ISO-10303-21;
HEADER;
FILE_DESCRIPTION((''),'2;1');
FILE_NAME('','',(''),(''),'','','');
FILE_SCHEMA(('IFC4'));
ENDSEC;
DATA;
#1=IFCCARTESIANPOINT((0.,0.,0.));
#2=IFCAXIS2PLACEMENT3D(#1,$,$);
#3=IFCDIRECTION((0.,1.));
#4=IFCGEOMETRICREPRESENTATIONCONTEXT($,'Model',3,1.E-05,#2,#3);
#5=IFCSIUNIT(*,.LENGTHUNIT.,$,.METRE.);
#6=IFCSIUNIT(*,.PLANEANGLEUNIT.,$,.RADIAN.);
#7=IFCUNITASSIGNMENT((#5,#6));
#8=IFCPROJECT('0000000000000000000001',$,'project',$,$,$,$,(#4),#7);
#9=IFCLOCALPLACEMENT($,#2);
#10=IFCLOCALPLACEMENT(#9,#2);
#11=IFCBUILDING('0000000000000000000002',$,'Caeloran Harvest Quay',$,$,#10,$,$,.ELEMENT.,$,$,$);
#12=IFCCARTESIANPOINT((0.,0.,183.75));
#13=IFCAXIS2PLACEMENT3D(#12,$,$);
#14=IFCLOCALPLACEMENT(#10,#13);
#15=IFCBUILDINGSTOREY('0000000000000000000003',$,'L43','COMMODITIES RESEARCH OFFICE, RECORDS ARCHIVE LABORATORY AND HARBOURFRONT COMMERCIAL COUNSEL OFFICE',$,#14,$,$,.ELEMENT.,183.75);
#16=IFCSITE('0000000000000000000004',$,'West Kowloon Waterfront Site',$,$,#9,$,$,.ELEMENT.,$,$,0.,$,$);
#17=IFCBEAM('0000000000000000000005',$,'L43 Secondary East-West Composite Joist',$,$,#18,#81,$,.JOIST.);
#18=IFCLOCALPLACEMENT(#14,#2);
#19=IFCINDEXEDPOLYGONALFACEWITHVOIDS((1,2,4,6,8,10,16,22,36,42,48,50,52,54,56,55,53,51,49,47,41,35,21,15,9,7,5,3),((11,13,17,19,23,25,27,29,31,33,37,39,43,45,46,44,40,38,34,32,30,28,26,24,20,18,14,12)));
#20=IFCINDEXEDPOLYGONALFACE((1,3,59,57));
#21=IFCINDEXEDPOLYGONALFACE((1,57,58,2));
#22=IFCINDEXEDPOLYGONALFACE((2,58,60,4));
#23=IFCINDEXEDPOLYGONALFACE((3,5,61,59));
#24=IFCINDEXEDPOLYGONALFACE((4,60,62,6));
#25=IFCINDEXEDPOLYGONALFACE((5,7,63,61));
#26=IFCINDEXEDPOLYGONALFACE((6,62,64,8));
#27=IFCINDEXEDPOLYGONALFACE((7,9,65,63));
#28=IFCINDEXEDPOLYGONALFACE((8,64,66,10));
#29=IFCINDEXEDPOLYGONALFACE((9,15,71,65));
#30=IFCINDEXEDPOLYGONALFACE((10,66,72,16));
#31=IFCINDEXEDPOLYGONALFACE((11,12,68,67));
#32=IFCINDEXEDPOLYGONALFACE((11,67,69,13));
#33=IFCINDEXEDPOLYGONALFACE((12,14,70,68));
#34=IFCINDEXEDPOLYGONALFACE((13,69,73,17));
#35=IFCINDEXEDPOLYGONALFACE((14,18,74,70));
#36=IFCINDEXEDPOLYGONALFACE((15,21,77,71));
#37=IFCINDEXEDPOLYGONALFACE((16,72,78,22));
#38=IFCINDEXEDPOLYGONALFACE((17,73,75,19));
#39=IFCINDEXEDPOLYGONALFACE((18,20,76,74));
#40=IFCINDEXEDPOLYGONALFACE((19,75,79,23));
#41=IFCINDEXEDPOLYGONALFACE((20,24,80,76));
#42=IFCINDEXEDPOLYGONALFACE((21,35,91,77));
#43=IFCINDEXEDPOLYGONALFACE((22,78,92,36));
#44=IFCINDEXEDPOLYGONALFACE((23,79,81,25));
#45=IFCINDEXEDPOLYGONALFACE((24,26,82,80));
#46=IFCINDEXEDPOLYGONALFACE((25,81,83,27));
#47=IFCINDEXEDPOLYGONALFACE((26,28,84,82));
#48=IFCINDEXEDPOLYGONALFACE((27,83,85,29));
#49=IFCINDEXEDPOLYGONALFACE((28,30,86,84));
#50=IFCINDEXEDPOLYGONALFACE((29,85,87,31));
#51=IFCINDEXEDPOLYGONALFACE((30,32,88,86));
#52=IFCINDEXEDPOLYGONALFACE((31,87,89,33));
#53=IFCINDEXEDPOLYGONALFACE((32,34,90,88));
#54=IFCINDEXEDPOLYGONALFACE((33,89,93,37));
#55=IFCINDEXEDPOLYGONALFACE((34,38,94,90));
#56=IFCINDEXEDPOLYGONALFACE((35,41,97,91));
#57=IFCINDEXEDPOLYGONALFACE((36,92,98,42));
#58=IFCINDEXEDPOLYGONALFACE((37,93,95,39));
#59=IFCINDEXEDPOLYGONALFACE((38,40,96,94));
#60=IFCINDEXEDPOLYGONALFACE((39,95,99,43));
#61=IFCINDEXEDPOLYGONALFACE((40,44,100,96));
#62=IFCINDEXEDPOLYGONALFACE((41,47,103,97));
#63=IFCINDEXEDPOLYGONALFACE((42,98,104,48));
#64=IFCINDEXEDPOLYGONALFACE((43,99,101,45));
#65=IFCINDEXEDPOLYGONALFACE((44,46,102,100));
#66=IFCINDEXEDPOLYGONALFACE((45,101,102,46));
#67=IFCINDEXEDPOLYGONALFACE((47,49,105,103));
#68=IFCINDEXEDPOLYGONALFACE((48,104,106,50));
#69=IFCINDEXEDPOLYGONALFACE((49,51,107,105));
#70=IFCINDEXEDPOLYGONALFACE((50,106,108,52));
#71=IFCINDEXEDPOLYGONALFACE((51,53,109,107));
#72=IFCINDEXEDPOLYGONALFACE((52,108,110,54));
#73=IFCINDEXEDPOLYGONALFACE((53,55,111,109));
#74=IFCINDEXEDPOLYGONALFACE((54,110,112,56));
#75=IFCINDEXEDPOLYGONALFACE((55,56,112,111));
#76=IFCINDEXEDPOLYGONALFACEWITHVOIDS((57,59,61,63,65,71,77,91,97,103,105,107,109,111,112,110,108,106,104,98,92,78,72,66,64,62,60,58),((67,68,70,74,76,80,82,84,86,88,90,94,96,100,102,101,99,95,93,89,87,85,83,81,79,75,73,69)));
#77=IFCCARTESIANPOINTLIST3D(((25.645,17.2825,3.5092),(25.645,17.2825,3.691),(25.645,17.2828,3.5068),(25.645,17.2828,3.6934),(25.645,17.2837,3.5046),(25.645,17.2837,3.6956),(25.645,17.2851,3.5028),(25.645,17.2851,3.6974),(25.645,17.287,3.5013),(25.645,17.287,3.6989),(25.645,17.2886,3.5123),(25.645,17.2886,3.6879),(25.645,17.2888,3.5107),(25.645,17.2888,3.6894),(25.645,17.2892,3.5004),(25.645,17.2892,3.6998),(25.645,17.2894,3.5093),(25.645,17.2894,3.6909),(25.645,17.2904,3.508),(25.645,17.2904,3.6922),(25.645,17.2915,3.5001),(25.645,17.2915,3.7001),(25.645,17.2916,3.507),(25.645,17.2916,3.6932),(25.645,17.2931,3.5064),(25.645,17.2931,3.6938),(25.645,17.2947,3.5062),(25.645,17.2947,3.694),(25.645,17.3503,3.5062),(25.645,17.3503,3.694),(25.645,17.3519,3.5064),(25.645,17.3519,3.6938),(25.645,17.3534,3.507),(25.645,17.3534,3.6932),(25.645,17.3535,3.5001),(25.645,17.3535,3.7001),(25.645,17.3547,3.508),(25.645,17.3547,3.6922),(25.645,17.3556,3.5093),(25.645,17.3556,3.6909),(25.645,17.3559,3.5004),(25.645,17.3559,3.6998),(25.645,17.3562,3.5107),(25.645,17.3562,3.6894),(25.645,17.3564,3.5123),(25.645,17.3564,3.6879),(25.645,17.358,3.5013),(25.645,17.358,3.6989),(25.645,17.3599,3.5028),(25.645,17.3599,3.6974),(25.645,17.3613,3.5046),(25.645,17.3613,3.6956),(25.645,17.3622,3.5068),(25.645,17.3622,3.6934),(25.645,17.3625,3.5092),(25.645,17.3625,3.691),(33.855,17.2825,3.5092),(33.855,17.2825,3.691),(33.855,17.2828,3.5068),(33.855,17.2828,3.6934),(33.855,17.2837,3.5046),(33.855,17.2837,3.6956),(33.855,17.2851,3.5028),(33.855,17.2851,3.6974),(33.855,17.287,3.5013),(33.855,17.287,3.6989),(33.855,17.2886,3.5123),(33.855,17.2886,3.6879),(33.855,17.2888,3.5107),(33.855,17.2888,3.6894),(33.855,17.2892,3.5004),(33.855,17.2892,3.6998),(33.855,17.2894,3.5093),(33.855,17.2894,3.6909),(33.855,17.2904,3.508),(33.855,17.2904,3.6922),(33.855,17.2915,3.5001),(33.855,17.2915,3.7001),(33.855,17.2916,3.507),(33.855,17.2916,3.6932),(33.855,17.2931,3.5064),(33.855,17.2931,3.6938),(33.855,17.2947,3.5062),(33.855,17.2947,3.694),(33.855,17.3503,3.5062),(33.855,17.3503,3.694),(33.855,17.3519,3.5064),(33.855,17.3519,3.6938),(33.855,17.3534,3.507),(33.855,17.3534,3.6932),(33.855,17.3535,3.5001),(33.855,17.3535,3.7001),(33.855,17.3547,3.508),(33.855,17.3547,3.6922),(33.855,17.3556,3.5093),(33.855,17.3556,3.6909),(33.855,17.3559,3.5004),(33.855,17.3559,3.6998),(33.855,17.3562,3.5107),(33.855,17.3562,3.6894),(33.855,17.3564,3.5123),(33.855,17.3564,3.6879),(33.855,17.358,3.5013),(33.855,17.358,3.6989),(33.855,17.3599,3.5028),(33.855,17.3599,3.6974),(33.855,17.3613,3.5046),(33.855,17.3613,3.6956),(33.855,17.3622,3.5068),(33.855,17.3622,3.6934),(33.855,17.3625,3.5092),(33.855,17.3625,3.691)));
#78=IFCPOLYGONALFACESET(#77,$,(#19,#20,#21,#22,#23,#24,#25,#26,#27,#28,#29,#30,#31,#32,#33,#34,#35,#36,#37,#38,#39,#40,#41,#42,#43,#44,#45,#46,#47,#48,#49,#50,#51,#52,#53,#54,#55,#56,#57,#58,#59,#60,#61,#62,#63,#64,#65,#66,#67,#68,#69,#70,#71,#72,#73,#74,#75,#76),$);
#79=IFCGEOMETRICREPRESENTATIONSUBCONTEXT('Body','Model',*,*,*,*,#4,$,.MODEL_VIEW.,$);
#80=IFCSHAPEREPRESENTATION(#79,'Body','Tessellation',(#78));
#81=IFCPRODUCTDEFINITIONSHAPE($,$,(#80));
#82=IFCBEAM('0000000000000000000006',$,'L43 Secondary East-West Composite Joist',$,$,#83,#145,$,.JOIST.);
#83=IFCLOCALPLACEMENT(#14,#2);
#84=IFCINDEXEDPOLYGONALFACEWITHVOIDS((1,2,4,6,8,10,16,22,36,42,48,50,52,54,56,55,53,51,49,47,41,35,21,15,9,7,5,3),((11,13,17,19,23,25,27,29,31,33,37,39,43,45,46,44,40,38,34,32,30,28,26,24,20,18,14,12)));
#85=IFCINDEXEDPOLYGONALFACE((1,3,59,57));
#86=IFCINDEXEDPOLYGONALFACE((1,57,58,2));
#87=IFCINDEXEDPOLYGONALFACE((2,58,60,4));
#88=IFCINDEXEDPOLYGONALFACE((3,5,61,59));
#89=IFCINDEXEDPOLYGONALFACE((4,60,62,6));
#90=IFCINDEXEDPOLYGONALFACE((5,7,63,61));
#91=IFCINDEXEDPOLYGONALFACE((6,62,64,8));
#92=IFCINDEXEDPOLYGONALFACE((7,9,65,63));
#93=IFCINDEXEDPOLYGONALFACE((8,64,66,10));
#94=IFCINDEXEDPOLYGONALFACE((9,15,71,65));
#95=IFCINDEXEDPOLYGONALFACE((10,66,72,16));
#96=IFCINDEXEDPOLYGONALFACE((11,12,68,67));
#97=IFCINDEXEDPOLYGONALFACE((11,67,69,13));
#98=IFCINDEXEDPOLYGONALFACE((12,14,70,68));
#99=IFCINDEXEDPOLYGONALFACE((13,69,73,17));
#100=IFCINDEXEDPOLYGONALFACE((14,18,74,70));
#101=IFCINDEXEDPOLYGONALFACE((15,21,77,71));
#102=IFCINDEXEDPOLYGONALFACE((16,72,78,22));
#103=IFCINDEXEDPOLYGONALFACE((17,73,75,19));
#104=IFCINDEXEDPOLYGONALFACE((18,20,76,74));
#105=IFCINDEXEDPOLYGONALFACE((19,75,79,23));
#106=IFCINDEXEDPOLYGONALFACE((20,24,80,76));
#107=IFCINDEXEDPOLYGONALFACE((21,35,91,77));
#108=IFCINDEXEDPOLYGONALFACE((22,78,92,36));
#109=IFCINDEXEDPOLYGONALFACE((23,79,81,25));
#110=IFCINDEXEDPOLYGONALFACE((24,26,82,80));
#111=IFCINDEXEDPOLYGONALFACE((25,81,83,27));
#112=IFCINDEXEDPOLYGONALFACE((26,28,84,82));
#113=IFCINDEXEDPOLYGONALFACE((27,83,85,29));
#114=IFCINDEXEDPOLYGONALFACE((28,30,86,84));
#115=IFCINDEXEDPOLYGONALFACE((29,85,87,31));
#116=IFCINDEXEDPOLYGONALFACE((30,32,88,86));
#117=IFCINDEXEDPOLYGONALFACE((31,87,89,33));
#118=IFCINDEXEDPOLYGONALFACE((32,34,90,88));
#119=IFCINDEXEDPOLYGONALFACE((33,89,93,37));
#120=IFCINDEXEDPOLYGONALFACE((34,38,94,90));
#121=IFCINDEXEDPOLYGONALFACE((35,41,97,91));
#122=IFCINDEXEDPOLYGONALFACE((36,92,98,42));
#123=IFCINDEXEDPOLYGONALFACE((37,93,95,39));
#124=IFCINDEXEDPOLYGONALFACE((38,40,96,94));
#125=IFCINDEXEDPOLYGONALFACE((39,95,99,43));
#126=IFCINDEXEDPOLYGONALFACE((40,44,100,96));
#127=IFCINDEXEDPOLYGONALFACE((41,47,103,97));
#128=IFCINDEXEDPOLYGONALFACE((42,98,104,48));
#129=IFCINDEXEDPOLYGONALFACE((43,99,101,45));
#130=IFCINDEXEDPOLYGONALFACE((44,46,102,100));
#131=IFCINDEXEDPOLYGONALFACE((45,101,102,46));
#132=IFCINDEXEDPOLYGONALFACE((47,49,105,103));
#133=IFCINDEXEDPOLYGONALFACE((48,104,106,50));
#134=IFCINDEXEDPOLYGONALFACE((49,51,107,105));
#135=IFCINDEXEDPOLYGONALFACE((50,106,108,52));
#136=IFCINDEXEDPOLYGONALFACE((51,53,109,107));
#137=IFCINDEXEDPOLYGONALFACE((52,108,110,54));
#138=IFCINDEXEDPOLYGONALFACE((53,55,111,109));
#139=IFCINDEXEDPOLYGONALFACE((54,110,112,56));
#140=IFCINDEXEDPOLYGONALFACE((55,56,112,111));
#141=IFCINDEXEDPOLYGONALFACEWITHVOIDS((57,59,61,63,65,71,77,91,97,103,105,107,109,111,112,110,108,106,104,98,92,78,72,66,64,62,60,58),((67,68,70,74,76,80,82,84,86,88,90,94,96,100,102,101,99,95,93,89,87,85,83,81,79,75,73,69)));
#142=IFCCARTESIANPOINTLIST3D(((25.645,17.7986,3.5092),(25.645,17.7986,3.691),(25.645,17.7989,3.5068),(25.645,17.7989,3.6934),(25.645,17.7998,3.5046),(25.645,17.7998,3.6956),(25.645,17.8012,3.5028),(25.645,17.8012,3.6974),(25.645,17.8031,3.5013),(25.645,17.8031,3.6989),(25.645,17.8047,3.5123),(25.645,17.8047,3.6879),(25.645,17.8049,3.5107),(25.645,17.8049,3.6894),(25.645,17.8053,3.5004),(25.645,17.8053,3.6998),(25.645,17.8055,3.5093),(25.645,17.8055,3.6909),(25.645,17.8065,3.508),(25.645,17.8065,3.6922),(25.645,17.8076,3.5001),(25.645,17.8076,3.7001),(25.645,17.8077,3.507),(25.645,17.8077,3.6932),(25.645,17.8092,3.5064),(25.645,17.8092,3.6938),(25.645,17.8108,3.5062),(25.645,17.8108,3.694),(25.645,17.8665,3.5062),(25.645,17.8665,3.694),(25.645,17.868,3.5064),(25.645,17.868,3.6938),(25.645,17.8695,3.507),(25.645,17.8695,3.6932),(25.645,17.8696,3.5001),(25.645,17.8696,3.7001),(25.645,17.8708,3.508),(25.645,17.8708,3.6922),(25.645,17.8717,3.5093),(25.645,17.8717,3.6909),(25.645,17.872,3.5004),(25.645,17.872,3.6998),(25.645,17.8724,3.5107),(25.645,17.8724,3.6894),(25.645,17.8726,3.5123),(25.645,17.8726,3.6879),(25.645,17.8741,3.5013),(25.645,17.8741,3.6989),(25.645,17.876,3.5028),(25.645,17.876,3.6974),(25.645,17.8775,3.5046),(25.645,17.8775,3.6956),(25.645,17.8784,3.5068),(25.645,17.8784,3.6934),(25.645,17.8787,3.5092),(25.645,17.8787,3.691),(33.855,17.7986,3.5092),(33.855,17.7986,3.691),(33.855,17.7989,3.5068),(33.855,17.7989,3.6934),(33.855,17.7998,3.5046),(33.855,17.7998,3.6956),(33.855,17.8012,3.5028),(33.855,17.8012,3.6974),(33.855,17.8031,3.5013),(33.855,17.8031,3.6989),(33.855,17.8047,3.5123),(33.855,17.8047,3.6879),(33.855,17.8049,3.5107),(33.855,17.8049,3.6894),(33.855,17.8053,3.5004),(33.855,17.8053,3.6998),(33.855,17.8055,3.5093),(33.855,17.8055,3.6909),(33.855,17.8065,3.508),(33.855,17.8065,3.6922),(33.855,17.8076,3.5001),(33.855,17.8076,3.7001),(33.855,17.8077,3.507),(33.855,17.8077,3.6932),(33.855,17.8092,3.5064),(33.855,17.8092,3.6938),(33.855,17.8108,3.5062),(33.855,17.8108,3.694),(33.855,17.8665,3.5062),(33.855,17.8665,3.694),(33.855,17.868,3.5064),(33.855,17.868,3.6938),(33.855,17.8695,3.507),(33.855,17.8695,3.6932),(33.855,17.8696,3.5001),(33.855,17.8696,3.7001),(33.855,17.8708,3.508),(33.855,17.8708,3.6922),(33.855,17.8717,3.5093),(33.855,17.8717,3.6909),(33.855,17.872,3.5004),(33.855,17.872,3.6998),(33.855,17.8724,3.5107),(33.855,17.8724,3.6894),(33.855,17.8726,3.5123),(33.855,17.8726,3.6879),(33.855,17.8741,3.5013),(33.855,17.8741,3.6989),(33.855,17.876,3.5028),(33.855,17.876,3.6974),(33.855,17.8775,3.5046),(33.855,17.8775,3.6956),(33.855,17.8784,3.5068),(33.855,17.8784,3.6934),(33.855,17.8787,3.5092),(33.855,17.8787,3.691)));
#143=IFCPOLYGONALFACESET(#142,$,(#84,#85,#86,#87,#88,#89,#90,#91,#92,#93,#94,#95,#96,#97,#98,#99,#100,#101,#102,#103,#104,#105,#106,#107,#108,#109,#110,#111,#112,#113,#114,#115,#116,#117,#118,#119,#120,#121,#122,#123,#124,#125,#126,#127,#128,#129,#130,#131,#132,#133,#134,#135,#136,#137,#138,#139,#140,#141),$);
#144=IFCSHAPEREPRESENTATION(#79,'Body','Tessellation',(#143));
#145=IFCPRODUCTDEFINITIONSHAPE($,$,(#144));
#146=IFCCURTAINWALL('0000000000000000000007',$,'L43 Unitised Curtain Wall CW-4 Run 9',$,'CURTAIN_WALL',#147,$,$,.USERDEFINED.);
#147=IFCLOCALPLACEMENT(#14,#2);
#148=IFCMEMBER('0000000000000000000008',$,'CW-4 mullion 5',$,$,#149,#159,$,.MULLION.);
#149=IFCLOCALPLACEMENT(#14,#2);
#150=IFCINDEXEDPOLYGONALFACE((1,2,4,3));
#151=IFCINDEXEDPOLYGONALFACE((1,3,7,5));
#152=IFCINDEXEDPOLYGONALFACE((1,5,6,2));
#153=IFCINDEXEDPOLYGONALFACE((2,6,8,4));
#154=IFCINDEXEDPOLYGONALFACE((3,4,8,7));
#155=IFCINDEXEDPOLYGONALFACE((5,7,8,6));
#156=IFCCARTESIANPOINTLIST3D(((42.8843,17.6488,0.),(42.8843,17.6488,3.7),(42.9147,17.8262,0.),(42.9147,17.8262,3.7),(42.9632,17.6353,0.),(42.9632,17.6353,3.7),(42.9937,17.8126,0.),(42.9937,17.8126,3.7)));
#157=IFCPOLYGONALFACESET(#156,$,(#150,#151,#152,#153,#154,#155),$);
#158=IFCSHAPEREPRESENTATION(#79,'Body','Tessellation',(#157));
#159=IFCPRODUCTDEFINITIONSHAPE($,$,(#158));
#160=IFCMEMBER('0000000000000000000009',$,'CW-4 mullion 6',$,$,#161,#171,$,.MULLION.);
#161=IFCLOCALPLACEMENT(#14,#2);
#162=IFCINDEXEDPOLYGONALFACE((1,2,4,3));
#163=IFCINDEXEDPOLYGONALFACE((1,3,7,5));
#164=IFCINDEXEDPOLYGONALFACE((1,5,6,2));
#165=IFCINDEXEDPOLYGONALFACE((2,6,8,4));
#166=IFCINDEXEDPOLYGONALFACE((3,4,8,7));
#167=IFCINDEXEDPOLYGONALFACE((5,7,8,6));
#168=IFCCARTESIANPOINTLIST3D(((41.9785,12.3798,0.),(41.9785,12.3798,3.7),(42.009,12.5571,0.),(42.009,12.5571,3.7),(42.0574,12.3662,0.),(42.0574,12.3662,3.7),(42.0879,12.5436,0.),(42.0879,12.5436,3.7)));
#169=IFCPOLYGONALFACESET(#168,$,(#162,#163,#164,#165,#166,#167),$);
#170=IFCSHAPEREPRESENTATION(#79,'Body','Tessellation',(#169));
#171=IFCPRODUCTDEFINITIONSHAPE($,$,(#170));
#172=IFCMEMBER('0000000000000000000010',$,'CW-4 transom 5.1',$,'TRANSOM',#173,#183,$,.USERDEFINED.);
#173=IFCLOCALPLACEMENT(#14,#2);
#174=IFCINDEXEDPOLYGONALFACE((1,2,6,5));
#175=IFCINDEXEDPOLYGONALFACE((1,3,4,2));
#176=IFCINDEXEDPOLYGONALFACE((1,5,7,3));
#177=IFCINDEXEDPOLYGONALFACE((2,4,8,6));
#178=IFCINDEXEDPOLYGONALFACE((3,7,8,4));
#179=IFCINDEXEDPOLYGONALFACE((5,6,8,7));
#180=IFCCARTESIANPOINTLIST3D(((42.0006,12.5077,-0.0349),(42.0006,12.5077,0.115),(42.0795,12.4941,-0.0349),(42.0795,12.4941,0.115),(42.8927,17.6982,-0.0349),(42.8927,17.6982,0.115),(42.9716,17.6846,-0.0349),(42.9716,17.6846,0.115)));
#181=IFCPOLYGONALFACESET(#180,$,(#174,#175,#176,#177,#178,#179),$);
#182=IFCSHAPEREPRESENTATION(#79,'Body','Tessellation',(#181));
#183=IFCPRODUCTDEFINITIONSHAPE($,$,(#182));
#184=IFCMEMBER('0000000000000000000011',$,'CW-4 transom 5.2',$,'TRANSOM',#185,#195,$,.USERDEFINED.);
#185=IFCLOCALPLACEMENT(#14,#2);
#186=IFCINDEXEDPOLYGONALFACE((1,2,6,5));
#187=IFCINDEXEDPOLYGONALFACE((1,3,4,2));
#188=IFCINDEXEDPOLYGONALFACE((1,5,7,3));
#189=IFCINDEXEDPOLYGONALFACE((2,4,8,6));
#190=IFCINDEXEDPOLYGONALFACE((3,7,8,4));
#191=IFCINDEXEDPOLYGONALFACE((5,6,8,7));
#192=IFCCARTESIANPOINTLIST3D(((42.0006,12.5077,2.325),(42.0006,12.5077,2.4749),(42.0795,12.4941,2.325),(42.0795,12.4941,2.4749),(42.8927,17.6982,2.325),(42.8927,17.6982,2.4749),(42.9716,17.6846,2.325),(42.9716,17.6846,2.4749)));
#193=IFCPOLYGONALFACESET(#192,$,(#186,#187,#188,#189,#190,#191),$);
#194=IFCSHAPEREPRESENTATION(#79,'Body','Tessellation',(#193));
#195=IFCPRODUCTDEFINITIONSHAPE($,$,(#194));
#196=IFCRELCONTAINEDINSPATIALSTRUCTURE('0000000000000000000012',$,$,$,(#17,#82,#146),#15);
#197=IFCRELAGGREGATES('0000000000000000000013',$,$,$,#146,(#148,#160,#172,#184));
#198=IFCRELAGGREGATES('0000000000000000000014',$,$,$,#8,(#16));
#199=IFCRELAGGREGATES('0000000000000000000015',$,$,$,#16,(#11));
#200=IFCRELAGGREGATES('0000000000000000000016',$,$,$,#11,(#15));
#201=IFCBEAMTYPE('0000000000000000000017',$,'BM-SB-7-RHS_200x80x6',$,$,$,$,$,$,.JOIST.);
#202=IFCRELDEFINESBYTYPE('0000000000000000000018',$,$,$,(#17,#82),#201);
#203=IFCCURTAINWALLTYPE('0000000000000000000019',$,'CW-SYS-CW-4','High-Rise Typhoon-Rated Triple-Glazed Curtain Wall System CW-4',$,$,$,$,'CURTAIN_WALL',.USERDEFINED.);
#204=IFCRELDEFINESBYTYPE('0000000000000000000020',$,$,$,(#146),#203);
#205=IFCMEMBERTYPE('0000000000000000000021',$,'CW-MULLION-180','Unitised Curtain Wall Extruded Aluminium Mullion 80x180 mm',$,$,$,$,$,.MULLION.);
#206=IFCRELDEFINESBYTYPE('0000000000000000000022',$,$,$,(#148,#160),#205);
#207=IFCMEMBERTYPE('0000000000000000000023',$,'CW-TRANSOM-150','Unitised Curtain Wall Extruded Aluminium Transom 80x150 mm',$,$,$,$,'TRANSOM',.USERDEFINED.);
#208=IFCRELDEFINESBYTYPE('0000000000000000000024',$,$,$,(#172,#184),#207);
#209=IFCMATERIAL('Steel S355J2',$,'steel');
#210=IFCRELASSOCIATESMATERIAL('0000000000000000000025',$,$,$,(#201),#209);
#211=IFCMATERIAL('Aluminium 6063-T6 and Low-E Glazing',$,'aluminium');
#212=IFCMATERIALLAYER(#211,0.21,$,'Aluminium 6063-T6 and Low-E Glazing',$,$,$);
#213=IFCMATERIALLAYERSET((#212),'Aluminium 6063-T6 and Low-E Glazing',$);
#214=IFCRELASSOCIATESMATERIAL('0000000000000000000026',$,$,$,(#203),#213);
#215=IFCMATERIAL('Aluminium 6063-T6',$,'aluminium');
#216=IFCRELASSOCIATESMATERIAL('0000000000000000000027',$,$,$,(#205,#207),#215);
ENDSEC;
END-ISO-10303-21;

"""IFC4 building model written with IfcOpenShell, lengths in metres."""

from ifc_helpers import new_model, si_unit, direction, frame, origin, origin_2d, place, context, subcontext, project, spatial, rectangle, hollow_rectangle, extrude, material, layer, layer_set, material_profile, profile_set, type_object, element, aggregate, save


model = new_model("IFC4")

# Units and contexts
model_context = context("Model", 3, precision=1e-05, world=origin(), true_north=direction((0.0, 1.0)))
body_context = subcontext(model_context, "Body", "Model", "MODEL_VIEW")
ifc_project = project(units=[si_unit("LENGTHUNIT", "METRE"), si_unit("PLANEANGLEUNIT", "RADIAN")], contexts=[model_context])

# Site, building, storey
site_placement = place(None, origin())
site = spatial("IfcSite", under=ifc_project, at=site_placement, Name="West Kowloon Waterfront Site", CompositionType="ELEMENT", RefElevation=0.0)
building_placement = place(site_placement, origin())
building = spatial("IfcBuilding", under=site, at=building_placement, Name="Caeloran Harvest Quay", CompositionType="ELEMENT")
storey_placement = place(building_placement, frame((0.0, 0.0, 183.75)))
storey = spatial("IfcBuildingStorey", under=building, at=storey_placement, Name="L43", Description="COMMODITIES RESEARCH OFFICE, RECORDS ARCHIVE LABORATORY AND HARBOURFRONT COMMERCIAL COUNSEL OFFICE", CompositionType="ELEMENT", Elevation=183.75)

# Beams
ifc_material_1 = material(Name="Steel S355J2", Category="steel")
ifc_material_profile_1 = material_profile(ifc_material_1, hollow_rectangle(XDim=0.0801, YDim=0.2, WallThickness=0.0061, InnerFilletRadius=0.0061, OuterFilletRadius=0.009, at=origin_2d()), Name="RHS 200x80x6")
ifc_profile_set_1 = profile_set([ifc_material_profile_1], Name="Steel S355J2")
beam_type_1 = type_object("IfcBeamType", Name="BM-SB-7-RHS_200x80x6", PredefinedType="JOIST", material=ifc_profile_set_1)
for number, where, z_axis, x_axis, name in (
    (1, (25.645, 17.3225, 3.6001), (1.0, 0.0, 0.0), (0.0, 1.0, 0.0), "L43 Secondary East-West Composite Joist"),
    (2, (25.645, 17.8386, 3.6001), (1.0, 0.0, 0.0), (0.0, 1.0, 0.0), "L43 Secondary East-West Composite Joist"),
):
    element("IfcBeam", number, at=place(storey_placement, frame(where, z_axis=z_axis, x_axis=x_axis)), inside=storey, type_object=beam_type_1, Name=name, PredefinedType="JOIST", context=body_context, shape_type="SweptSolid", body=[
        extrude(hollow_rectangle(XDim=0.0801, YDim=0.2, WallThickness=0.0061, InnerFilletRadius=0.0061, OuterFilletRadius=0.009, at=origin_2d()), origin(), (0.0, 0.0, 1.0), 8.21),
    ])

# Curtain wall, members
ifc_material_2 = material(Name="Aluminium 6063-T6 and Low-E Glazing", Category="aluminium")
ifc_layer_1 = layer(ifc_material_2, 0.21, Name="Aluminium 6063-T6 and Low-E Glazing")
ifc_layer_set_1 = layer_set([ifc_layer_1], Name="Aluminium 6063-T6 and Low-E Glazing")
curtain_wall_type = type_object("IfcCurtainWallType", Name="CW-SYS-CW-4", Description="High-Rise Typhoon-Rated Triple-Glazed Curtain Wall System CW-4", ElementType="CURTAIN_WALL", PredefinedType="USERDEFINED", material=ifc_layer_set_1)
curtain_wall_placement = place(storey_placement, origin())
curtain_wall = element("IfcCurtainWall", 3, at=curtain_wall_placement, inside=storey, type_object=curtain_wall_type, Name="L43 Unitised Curtain Wall CW-4 Run 9", ObjectType="CURTAIN_WALL", PredefinedType="USERDEFINED")
ifc_material_3 = material(Name="Aluminium 6063-T6", Category="aluminium")
ifc_material_profile_2 = material_profile(ifc_material_3, rectangle(XDim=0.0801, YDim=0.1799, at=origin_2d()), Name="CW-MULLION-180")
ifc_profile_set_2 = profile_set([ifc_material_profile_2], Name="Aluminium 6063-T6")
member_type_1 = type_object("IfcMemberType", Name="CW-MULLION-180", Description="Unitised Curtain Wall Extruded Aluminium Mullion 80x180 mm", PredefinedType="MULLION", material=ifc_profile_set_2)
member_1_placement = place(storey_placement, frame((42.939, 17.7307, 0.0), z_axis=(0.0, 0.0, 1.0), x_axis=(0.985549, -0.169392, 0.0)))
member_1 = element("IfcMember", 4, at=member_1_placement, type_object=member_type_1, Name="CW-4 mullion 5", PredefinedType="MULLION", context=body_context, shape_type="SweptSolid", body=[
    extrude(rectangle(XDim=0.0801, YDim=0.1799, at=origin_2d()), origin(), (0.0, 0.0, 1.0), 3.7),
])
member_2_placement = place(storey_placement, frame((42.0332, 12.4617, 0.0), z_axis=(0.0, 0.0, 1.0), x_axis=(0.985549, -0.169392, 0.0)))
member_2 = element("IfcMember", 5, at=member_2_placement, type_object=member_type_1, Name="CW-4 mullion 6", PredefinedType="MULLION", context=body_context, shape_type="SweptSolid", body=[
    extrude(rectangle(XDim=0.0801, YDim=0.1799, at=origin_2d()), origin(), (0.0, 0.0, 1.0), 3.7),
])
ifc_material_profile_3 = material_profile(ifc_material_3, rectangle(XDim=0.0801, YDim=0.1499, at=origin_2d()), Name="CW-TRANSOM-150")
ifc_profile_set_3 = profile_set([ifc_material_profile_3], Name="Aluminium 6063-T6")
member_type_2 = type_object("IfcMemberType", Name="CW-TRANSOM-150", Description="Unitised Curtain Wall Extruded Aluminium Transom 80x150 mm", ElementType="TRANSOM", PredefinedType="USERDEFINED", material=ifc_profile_set_3)
member_3_placement = place(storey_placement, frame((42.9321, 17.6914, 0.04), z_axis=(-0.169388, -0.985549, 0.0), x_axis=(0.985549, -0.169388, 0.0)))
member_3 = element("IfcMember", 6, at=member_3_placement, type_object=member_type_2, Name="CW-4 transom 5.1", ObjectType="TRANSOM", PredefinedType="USERDEFINED", context=body_context, shape_type="SweptSolid", body=[
    extrude(rectangle(XDim=0.0801, YDim=0.1499, at=origin_2d()), origin(), (0.0, 0.0, 1.0), 5.2666),
])
member_4_placement = place(storey_placement, frame((42.9321, 17.6914, 2.3999), z_axis=(-0.169388, -0.985549, 0.0), x_axis=(0.985549, -0.169388, 0.0)))
member_4 = element("IfcMember", 7, at=member_4_placement, type_object=member_type_2, Name="CW-4 transom 5.2", ObjectType="TRANSOM", PredefinedType="USERDEFINED", context=body_context, shape_type="SweptSolid", body=[
    extrude(rectangle(XDim=0.0801, YDim=0.1499, at=origin_2d()), origin(), (0.0, 0.0, 1.0), 5.2666),
])
aggregate(curtain_wall, [member_1, member_2, member_3, member_4])

save(model, "model.ifc")
